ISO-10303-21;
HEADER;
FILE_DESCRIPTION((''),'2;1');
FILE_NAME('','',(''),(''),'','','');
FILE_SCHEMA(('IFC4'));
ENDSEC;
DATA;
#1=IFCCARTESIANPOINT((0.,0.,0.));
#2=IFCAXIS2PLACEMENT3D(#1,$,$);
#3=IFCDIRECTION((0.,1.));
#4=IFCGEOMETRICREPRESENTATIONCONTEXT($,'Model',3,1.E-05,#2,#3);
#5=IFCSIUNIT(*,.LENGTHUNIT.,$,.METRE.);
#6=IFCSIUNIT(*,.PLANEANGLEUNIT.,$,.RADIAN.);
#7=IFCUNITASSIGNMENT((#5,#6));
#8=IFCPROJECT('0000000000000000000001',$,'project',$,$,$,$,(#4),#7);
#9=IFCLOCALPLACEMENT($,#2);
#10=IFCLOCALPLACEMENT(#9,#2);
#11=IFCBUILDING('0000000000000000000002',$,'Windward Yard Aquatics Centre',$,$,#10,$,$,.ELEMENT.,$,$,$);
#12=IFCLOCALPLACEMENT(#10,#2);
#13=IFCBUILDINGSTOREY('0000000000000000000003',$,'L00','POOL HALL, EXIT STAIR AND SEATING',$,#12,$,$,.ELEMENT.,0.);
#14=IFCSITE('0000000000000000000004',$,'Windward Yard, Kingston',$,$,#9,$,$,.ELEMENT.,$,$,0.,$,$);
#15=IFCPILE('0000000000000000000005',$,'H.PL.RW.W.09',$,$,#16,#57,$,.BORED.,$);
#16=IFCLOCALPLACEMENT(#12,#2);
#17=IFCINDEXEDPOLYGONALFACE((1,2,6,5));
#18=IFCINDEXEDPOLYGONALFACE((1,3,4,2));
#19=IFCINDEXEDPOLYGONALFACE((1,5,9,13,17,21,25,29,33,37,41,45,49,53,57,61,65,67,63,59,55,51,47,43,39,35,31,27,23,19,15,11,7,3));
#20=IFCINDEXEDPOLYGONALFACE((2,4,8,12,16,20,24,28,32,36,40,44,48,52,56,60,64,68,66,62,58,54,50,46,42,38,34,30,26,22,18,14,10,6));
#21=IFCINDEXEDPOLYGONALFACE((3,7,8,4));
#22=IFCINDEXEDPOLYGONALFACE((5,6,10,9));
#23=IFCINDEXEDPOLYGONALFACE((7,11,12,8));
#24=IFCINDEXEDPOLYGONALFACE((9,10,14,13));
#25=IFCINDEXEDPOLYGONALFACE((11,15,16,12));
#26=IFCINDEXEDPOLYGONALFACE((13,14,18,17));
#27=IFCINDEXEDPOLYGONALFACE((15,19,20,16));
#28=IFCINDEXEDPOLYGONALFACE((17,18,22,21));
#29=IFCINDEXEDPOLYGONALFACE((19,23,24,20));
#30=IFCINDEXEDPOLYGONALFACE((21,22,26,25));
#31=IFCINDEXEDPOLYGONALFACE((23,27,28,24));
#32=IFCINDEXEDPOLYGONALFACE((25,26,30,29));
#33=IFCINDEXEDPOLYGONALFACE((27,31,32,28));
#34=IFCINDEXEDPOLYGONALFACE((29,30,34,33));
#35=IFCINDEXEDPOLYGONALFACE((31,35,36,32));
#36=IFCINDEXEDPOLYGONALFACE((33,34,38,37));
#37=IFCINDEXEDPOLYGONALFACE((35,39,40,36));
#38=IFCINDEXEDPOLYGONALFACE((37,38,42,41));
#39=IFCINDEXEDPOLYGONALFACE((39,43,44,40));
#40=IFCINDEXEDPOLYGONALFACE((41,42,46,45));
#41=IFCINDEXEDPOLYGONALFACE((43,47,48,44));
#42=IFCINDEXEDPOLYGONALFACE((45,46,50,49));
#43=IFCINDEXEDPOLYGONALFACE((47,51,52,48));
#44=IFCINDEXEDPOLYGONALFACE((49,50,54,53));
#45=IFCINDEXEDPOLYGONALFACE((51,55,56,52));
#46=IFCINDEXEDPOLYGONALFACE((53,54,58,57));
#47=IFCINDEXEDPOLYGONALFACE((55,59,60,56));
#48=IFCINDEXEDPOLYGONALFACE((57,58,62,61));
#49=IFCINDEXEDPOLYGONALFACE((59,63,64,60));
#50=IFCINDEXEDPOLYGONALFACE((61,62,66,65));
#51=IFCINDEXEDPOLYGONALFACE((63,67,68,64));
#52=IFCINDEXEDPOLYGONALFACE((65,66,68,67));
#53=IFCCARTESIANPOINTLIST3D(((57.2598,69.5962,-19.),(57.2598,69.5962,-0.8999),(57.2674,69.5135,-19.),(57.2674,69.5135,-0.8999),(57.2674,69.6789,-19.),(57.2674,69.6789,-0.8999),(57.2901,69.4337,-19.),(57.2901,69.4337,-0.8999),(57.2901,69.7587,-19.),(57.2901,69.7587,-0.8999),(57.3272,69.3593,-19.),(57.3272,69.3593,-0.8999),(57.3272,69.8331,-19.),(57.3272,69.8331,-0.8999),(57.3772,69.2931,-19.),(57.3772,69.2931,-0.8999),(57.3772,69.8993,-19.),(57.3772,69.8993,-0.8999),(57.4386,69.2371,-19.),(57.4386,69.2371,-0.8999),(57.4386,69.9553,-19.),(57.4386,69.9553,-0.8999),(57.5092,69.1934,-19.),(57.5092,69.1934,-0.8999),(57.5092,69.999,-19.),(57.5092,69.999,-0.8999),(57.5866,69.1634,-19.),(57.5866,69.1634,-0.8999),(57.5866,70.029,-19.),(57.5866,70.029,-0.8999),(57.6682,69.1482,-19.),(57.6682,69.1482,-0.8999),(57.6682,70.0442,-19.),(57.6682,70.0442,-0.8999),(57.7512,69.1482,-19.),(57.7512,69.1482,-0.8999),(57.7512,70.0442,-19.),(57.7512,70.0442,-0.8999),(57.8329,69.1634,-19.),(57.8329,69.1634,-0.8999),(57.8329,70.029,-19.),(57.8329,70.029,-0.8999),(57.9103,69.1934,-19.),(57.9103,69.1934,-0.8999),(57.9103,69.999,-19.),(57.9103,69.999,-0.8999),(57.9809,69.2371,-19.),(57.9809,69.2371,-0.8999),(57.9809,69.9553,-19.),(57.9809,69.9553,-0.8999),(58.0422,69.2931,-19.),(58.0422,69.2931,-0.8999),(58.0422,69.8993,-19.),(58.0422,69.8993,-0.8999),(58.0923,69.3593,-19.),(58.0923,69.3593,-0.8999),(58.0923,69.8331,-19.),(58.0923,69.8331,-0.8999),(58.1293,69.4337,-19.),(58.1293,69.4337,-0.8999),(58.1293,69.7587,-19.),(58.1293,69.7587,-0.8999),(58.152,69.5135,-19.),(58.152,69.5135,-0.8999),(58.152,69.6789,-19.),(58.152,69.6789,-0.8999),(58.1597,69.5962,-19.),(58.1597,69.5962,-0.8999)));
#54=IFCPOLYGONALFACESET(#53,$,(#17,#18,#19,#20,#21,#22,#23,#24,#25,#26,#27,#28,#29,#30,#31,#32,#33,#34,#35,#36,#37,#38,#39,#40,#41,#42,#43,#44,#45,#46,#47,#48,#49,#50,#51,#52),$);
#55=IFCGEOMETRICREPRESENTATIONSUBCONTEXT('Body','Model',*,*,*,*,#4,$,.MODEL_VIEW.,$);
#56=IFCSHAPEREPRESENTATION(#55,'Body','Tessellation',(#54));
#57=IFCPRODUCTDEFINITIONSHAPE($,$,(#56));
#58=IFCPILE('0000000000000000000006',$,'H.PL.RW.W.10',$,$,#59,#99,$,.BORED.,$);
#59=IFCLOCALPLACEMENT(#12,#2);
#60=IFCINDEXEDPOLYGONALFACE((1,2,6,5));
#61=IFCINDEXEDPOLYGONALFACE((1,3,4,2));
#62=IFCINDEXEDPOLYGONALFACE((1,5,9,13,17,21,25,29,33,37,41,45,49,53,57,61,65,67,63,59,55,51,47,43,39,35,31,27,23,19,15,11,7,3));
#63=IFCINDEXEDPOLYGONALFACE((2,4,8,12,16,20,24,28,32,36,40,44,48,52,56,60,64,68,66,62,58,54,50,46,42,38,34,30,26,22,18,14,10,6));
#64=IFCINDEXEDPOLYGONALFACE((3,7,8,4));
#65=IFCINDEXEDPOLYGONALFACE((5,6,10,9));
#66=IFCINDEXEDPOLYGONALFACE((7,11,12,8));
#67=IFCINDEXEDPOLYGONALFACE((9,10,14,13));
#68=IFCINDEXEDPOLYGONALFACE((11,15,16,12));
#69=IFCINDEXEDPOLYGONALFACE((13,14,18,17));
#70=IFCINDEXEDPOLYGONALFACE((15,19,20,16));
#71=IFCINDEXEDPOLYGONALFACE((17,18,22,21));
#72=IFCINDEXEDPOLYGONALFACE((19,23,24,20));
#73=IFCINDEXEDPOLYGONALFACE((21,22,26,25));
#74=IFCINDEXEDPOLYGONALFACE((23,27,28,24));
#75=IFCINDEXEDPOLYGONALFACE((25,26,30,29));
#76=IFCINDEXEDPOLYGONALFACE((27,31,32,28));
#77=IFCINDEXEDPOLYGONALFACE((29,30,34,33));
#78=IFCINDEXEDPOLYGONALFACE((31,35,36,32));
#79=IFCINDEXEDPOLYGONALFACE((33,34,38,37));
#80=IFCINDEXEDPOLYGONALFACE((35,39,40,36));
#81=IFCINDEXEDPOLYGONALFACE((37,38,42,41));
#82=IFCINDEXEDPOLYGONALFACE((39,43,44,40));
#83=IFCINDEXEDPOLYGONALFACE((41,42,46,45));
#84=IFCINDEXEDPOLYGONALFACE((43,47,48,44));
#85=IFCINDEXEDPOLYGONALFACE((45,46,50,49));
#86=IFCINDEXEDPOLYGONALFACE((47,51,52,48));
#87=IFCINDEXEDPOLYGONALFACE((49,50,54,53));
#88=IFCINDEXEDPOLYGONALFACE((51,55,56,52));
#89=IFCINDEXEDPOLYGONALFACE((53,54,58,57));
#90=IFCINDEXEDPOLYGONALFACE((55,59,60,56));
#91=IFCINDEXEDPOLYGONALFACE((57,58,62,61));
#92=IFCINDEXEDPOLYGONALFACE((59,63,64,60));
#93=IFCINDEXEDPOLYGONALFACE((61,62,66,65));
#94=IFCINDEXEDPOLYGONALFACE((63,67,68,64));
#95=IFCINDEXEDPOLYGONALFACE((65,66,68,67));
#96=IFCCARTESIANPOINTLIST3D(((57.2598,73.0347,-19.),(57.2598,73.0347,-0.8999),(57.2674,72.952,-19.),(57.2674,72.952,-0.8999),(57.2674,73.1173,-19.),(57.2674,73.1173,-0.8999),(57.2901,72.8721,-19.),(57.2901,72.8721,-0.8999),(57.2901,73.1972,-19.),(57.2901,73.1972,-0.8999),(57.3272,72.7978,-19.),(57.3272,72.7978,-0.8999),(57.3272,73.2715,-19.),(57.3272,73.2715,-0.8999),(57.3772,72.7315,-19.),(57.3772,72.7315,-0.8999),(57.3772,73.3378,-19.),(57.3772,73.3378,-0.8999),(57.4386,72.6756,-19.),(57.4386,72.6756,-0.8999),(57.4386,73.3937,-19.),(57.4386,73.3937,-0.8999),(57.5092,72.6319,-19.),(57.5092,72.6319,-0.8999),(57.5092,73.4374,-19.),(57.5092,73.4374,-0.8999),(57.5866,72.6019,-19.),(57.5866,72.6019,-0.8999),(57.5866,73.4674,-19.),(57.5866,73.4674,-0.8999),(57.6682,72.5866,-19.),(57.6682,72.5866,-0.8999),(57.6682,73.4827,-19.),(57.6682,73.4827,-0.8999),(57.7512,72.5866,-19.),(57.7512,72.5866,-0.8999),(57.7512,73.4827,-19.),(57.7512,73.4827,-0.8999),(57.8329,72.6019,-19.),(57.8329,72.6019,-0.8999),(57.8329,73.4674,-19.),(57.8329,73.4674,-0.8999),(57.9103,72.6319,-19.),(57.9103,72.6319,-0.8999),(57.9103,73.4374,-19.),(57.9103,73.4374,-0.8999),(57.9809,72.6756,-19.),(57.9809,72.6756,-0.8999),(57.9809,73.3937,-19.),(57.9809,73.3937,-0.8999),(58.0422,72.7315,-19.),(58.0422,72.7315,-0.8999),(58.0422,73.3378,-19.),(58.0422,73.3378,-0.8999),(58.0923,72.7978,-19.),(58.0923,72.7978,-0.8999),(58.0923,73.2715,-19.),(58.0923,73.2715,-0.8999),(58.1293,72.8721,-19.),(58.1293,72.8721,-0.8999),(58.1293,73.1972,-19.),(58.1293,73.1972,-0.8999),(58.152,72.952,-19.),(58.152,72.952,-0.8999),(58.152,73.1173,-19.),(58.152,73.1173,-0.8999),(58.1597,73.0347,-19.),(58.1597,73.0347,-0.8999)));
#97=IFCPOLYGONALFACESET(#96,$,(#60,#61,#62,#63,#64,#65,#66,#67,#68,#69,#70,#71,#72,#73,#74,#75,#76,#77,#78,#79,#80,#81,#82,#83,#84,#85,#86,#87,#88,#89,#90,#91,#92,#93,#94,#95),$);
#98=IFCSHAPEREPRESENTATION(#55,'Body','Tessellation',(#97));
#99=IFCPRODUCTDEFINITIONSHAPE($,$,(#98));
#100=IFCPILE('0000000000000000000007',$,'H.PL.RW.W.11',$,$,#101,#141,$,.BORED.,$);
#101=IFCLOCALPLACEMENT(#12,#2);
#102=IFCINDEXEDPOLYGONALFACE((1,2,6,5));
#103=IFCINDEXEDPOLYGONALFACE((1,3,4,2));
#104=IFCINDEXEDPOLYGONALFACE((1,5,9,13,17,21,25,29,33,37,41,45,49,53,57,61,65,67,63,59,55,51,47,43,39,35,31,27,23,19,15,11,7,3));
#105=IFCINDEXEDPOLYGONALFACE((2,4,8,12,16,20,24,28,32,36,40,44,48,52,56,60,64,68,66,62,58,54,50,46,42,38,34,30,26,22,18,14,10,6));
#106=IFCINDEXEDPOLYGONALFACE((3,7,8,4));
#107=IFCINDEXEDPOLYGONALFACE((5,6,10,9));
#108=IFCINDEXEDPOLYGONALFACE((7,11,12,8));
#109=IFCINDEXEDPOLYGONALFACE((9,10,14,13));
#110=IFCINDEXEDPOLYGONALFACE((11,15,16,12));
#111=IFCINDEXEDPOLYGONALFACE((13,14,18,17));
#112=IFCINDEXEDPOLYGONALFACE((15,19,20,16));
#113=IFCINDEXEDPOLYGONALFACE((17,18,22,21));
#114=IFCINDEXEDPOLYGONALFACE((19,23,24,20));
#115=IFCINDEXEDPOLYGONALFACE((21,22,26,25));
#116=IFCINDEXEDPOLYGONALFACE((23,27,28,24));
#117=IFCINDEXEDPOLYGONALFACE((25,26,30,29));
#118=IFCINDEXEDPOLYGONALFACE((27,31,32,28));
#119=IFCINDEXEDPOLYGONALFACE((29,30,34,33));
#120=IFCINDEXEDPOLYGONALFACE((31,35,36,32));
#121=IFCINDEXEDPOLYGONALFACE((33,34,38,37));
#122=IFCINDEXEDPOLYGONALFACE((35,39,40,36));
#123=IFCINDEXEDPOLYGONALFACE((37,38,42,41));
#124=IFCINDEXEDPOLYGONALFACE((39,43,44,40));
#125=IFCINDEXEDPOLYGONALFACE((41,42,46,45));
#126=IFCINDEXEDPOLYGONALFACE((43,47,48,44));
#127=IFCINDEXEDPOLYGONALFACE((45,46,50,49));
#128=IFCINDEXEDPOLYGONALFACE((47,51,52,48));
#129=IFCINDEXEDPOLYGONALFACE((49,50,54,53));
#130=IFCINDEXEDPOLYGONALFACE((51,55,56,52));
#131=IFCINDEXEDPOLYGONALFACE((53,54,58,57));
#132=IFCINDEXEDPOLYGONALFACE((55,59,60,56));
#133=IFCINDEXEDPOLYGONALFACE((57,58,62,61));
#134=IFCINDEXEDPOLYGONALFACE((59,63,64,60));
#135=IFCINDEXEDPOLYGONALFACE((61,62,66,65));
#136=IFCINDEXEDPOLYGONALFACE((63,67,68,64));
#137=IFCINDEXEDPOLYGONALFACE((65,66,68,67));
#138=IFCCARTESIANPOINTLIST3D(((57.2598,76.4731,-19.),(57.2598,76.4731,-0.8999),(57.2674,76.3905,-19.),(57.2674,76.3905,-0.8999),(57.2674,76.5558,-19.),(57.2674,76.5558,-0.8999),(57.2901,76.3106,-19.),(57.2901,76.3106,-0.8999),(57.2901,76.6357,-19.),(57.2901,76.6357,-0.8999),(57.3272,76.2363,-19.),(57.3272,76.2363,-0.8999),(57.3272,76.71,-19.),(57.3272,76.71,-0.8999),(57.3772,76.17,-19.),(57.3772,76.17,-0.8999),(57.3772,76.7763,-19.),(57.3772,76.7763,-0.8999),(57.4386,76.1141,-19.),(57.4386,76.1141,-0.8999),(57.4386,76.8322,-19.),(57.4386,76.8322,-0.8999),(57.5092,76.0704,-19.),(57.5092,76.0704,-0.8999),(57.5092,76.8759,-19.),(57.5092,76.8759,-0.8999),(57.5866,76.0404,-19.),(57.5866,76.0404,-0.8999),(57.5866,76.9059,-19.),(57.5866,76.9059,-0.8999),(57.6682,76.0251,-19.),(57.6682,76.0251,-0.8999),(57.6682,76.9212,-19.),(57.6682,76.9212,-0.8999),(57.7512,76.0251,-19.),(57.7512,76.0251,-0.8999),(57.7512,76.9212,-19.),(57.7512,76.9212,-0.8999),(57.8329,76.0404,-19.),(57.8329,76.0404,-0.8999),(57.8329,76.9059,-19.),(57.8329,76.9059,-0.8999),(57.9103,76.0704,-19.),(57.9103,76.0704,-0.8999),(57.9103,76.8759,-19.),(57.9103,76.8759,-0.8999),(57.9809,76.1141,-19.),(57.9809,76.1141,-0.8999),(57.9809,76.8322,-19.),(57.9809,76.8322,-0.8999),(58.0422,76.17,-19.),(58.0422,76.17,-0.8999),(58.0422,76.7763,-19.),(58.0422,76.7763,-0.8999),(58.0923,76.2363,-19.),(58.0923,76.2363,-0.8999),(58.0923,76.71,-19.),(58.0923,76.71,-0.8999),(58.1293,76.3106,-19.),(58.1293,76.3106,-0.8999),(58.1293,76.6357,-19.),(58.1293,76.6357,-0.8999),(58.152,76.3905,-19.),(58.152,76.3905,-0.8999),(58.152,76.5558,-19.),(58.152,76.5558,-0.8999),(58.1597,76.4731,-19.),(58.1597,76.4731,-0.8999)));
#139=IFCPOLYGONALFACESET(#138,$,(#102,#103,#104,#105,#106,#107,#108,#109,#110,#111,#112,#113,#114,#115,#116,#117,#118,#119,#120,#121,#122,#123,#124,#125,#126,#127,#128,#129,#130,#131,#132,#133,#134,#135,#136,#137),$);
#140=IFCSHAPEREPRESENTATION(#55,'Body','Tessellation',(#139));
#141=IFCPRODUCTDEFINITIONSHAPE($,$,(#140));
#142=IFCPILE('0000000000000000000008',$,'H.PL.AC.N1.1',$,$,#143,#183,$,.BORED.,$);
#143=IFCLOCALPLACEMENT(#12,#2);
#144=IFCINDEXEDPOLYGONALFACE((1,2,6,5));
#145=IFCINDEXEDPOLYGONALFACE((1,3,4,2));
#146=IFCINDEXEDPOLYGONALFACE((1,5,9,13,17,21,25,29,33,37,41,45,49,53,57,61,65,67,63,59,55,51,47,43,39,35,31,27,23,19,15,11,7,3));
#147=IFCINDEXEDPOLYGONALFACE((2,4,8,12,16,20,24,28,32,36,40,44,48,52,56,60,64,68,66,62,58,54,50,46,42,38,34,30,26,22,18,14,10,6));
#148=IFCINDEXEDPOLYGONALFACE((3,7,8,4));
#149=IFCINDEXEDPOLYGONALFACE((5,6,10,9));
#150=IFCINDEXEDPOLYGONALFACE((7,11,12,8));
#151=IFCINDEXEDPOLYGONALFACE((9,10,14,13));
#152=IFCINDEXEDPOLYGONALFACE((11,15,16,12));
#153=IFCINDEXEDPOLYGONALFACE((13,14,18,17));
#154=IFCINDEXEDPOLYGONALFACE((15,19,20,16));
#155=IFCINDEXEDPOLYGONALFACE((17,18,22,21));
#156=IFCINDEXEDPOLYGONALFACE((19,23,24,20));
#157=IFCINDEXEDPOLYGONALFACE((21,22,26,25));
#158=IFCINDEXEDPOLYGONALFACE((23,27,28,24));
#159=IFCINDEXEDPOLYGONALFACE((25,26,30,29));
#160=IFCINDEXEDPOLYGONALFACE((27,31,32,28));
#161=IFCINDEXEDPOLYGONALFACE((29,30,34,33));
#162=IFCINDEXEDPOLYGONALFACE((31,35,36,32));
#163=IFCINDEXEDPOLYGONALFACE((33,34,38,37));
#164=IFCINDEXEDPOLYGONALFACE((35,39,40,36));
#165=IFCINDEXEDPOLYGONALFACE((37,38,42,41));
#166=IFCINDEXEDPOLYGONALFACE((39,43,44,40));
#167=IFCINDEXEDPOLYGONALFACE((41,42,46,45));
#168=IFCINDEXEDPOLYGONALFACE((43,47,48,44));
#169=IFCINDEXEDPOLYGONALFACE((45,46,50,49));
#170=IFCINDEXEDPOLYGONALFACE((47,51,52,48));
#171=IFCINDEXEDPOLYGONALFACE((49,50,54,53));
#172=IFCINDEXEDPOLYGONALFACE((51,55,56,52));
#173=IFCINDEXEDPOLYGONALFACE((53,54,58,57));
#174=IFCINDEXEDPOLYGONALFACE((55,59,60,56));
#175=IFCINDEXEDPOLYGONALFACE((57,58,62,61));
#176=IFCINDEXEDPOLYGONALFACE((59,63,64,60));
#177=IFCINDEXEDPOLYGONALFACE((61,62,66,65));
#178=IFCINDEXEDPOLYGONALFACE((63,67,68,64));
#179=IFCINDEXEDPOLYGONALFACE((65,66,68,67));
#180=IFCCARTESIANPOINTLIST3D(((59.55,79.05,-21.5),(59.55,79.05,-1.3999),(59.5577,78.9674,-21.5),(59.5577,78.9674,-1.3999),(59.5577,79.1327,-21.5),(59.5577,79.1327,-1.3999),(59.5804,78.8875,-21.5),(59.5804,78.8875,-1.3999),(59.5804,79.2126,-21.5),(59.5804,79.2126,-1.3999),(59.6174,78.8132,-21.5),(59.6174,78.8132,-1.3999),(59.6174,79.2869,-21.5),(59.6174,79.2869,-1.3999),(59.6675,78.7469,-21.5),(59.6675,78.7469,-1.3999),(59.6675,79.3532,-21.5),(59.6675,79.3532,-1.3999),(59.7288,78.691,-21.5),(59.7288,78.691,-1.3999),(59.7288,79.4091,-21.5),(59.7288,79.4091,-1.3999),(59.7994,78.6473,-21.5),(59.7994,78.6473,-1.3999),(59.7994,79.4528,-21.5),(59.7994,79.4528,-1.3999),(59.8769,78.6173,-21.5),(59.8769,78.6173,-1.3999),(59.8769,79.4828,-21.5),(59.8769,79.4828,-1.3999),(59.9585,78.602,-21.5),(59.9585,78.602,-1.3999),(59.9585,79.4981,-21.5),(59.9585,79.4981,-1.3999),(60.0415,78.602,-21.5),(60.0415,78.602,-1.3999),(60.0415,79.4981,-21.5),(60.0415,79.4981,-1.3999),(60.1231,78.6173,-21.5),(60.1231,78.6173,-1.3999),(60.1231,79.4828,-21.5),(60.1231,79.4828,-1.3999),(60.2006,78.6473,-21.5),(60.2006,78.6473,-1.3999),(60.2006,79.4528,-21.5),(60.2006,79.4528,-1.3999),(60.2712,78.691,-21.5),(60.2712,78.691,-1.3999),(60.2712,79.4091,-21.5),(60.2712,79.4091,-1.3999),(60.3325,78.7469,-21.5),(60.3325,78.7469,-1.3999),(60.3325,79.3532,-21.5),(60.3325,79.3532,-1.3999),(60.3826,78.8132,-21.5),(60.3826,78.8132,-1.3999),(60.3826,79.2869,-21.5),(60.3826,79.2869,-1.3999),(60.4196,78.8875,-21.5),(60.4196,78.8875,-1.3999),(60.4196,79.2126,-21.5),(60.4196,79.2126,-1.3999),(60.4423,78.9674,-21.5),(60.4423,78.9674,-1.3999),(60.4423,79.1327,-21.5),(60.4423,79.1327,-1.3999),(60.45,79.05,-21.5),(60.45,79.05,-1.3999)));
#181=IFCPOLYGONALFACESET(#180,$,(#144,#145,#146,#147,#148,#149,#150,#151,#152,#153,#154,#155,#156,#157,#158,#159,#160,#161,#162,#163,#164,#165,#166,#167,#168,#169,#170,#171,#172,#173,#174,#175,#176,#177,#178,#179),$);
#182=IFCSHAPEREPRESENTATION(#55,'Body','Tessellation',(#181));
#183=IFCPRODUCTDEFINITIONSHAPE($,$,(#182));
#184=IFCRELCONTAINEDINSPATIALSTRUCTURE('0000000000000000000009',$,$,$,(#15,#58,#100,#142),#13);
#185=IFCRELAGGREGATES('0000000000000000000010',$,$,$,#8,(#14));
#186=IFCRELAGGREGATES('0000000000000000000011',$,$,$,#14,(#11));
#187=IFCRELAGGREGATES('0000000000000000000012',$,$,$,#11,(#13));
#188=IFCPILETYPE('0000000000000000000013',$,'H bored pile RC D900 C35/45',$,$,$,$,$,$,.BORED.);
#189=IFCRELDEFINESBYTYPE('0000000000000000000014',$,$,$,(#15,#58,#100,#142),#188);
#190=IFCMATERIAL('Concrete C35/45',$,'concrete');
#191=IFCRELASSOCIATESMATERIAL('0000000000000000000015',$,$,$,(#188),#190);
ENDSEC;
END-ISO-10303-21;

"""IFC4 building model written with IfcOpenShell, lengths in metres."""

from ifc_helpers import new_model, si_unit, direction, frame, origin, origin_2d, place, context, subcontext, project, spatial, circle, extrude, material, material_profile, profile_set, type_object, element, save


model = new_model("IFC4")

# Units and contexts
model_context = context("Model", 3, precision=1e-05, world=origin(), true_north=direction((0.0, 1.0)))
body_context = subcontext(model_context, "Body", "Model", "MODEL_VIEW")
ifc_project = project(units=[si_unit("LENGTHUNIT", "METRE"), si_unit("PLANEANGLEUNIT", "RADIAN")], contexts=[model_context])

# Site, building, storey
site_placement = place(None, origin())
site = spatial("IfcSite", under=ifc_project, at=site_placement, Name="Windward Yard, Kingston", CompositionType="ELEMENT", RefElevation=0.0)
building_placement = place(site_placement, origin())
building = spatial("IfcBuilding", under=site, at=building_placement, Name="Windward Yard Aquatics Centre", CompositionType="ELEMENT")
storey_placement = place(building_placement, origin())
storey = spatial("IfcBuildingStorey", under=building, at=storey_placement, Name="L00", Description="POOL HALL, EXIT STAIR AND SEATING", CompositionType="ELEMENT", Elevation=0.0)

# Piles
ifc_material_1 = material(Name="Concrete C35/45", Category="concrete")
ifc_material_profile_1 = material_profile(ifc_material_1, circle(Radius=0.45, at=origin_2d()), Name="RC D900")
ifc_profile_set_1 = profile_set([ifc_material_profile_1], Name="Concrete C35/45")
pile_type = type_object("IfcPileType", Name="H bored pile RC D900 C35/45", PredefinedType="BORED", material=ifc_profile_set_1)
for number, where, z_axis, x_axis, name in (
    (1, (57.7097, 69.5962, -0.8999), (0.0, 0.0, -1.0), (1.0, 0.0, 0.0), "H.PL.RW.W.09"),
    (2, (57.7097, 73.0347, -0.8999), (0.0, 0.0, -1.0), (1.0, 0.0, 0.0), "H.PL.RW.W.10"),
    (3, (57.7097, 76.4731, -0.8999), (0.0, 0.0, -1.0), (1.0, 0.0, 0.0), "H.PL.RW.W.11"),
):
    element("IfcPile", number, at=place(storey_placement, frame(where, z_axis=z_axis, x_axis=x_axis)), inside=storey, type_object=pile_type, Name=name, PredefinedType="BORED", context=body_context, shape_type="SweptSolid", body=[
        extrude(circle(Radius=0.45, at=origin_2d()), origin(), (0.0, 0.0, 1.0), 18.1001),
    ])
for number, where, z_axis, x_axis, name in (
    (4, (60.0, 79.05, -1.3999), (0.0, 0.0, -1.0), (1.0, 0.0, 0.0), "H.PL.AC.N1.1"),
):
    element("IfcPile", number, at=place(storey_placement, frame(where, z_axis=z_axis, x_axis=x_axis)), inside=storey, type_object=pile_type, Name=name, PredefinedType="BORED", context=body_context, shape_type="SweptSolid", body=[
        extrude(circle(Radius=0.45, at=origin_2d()), origin(), (0.0, 0.0, 1.0), 20.1001),
    ])

save(model, "model.ifc")
